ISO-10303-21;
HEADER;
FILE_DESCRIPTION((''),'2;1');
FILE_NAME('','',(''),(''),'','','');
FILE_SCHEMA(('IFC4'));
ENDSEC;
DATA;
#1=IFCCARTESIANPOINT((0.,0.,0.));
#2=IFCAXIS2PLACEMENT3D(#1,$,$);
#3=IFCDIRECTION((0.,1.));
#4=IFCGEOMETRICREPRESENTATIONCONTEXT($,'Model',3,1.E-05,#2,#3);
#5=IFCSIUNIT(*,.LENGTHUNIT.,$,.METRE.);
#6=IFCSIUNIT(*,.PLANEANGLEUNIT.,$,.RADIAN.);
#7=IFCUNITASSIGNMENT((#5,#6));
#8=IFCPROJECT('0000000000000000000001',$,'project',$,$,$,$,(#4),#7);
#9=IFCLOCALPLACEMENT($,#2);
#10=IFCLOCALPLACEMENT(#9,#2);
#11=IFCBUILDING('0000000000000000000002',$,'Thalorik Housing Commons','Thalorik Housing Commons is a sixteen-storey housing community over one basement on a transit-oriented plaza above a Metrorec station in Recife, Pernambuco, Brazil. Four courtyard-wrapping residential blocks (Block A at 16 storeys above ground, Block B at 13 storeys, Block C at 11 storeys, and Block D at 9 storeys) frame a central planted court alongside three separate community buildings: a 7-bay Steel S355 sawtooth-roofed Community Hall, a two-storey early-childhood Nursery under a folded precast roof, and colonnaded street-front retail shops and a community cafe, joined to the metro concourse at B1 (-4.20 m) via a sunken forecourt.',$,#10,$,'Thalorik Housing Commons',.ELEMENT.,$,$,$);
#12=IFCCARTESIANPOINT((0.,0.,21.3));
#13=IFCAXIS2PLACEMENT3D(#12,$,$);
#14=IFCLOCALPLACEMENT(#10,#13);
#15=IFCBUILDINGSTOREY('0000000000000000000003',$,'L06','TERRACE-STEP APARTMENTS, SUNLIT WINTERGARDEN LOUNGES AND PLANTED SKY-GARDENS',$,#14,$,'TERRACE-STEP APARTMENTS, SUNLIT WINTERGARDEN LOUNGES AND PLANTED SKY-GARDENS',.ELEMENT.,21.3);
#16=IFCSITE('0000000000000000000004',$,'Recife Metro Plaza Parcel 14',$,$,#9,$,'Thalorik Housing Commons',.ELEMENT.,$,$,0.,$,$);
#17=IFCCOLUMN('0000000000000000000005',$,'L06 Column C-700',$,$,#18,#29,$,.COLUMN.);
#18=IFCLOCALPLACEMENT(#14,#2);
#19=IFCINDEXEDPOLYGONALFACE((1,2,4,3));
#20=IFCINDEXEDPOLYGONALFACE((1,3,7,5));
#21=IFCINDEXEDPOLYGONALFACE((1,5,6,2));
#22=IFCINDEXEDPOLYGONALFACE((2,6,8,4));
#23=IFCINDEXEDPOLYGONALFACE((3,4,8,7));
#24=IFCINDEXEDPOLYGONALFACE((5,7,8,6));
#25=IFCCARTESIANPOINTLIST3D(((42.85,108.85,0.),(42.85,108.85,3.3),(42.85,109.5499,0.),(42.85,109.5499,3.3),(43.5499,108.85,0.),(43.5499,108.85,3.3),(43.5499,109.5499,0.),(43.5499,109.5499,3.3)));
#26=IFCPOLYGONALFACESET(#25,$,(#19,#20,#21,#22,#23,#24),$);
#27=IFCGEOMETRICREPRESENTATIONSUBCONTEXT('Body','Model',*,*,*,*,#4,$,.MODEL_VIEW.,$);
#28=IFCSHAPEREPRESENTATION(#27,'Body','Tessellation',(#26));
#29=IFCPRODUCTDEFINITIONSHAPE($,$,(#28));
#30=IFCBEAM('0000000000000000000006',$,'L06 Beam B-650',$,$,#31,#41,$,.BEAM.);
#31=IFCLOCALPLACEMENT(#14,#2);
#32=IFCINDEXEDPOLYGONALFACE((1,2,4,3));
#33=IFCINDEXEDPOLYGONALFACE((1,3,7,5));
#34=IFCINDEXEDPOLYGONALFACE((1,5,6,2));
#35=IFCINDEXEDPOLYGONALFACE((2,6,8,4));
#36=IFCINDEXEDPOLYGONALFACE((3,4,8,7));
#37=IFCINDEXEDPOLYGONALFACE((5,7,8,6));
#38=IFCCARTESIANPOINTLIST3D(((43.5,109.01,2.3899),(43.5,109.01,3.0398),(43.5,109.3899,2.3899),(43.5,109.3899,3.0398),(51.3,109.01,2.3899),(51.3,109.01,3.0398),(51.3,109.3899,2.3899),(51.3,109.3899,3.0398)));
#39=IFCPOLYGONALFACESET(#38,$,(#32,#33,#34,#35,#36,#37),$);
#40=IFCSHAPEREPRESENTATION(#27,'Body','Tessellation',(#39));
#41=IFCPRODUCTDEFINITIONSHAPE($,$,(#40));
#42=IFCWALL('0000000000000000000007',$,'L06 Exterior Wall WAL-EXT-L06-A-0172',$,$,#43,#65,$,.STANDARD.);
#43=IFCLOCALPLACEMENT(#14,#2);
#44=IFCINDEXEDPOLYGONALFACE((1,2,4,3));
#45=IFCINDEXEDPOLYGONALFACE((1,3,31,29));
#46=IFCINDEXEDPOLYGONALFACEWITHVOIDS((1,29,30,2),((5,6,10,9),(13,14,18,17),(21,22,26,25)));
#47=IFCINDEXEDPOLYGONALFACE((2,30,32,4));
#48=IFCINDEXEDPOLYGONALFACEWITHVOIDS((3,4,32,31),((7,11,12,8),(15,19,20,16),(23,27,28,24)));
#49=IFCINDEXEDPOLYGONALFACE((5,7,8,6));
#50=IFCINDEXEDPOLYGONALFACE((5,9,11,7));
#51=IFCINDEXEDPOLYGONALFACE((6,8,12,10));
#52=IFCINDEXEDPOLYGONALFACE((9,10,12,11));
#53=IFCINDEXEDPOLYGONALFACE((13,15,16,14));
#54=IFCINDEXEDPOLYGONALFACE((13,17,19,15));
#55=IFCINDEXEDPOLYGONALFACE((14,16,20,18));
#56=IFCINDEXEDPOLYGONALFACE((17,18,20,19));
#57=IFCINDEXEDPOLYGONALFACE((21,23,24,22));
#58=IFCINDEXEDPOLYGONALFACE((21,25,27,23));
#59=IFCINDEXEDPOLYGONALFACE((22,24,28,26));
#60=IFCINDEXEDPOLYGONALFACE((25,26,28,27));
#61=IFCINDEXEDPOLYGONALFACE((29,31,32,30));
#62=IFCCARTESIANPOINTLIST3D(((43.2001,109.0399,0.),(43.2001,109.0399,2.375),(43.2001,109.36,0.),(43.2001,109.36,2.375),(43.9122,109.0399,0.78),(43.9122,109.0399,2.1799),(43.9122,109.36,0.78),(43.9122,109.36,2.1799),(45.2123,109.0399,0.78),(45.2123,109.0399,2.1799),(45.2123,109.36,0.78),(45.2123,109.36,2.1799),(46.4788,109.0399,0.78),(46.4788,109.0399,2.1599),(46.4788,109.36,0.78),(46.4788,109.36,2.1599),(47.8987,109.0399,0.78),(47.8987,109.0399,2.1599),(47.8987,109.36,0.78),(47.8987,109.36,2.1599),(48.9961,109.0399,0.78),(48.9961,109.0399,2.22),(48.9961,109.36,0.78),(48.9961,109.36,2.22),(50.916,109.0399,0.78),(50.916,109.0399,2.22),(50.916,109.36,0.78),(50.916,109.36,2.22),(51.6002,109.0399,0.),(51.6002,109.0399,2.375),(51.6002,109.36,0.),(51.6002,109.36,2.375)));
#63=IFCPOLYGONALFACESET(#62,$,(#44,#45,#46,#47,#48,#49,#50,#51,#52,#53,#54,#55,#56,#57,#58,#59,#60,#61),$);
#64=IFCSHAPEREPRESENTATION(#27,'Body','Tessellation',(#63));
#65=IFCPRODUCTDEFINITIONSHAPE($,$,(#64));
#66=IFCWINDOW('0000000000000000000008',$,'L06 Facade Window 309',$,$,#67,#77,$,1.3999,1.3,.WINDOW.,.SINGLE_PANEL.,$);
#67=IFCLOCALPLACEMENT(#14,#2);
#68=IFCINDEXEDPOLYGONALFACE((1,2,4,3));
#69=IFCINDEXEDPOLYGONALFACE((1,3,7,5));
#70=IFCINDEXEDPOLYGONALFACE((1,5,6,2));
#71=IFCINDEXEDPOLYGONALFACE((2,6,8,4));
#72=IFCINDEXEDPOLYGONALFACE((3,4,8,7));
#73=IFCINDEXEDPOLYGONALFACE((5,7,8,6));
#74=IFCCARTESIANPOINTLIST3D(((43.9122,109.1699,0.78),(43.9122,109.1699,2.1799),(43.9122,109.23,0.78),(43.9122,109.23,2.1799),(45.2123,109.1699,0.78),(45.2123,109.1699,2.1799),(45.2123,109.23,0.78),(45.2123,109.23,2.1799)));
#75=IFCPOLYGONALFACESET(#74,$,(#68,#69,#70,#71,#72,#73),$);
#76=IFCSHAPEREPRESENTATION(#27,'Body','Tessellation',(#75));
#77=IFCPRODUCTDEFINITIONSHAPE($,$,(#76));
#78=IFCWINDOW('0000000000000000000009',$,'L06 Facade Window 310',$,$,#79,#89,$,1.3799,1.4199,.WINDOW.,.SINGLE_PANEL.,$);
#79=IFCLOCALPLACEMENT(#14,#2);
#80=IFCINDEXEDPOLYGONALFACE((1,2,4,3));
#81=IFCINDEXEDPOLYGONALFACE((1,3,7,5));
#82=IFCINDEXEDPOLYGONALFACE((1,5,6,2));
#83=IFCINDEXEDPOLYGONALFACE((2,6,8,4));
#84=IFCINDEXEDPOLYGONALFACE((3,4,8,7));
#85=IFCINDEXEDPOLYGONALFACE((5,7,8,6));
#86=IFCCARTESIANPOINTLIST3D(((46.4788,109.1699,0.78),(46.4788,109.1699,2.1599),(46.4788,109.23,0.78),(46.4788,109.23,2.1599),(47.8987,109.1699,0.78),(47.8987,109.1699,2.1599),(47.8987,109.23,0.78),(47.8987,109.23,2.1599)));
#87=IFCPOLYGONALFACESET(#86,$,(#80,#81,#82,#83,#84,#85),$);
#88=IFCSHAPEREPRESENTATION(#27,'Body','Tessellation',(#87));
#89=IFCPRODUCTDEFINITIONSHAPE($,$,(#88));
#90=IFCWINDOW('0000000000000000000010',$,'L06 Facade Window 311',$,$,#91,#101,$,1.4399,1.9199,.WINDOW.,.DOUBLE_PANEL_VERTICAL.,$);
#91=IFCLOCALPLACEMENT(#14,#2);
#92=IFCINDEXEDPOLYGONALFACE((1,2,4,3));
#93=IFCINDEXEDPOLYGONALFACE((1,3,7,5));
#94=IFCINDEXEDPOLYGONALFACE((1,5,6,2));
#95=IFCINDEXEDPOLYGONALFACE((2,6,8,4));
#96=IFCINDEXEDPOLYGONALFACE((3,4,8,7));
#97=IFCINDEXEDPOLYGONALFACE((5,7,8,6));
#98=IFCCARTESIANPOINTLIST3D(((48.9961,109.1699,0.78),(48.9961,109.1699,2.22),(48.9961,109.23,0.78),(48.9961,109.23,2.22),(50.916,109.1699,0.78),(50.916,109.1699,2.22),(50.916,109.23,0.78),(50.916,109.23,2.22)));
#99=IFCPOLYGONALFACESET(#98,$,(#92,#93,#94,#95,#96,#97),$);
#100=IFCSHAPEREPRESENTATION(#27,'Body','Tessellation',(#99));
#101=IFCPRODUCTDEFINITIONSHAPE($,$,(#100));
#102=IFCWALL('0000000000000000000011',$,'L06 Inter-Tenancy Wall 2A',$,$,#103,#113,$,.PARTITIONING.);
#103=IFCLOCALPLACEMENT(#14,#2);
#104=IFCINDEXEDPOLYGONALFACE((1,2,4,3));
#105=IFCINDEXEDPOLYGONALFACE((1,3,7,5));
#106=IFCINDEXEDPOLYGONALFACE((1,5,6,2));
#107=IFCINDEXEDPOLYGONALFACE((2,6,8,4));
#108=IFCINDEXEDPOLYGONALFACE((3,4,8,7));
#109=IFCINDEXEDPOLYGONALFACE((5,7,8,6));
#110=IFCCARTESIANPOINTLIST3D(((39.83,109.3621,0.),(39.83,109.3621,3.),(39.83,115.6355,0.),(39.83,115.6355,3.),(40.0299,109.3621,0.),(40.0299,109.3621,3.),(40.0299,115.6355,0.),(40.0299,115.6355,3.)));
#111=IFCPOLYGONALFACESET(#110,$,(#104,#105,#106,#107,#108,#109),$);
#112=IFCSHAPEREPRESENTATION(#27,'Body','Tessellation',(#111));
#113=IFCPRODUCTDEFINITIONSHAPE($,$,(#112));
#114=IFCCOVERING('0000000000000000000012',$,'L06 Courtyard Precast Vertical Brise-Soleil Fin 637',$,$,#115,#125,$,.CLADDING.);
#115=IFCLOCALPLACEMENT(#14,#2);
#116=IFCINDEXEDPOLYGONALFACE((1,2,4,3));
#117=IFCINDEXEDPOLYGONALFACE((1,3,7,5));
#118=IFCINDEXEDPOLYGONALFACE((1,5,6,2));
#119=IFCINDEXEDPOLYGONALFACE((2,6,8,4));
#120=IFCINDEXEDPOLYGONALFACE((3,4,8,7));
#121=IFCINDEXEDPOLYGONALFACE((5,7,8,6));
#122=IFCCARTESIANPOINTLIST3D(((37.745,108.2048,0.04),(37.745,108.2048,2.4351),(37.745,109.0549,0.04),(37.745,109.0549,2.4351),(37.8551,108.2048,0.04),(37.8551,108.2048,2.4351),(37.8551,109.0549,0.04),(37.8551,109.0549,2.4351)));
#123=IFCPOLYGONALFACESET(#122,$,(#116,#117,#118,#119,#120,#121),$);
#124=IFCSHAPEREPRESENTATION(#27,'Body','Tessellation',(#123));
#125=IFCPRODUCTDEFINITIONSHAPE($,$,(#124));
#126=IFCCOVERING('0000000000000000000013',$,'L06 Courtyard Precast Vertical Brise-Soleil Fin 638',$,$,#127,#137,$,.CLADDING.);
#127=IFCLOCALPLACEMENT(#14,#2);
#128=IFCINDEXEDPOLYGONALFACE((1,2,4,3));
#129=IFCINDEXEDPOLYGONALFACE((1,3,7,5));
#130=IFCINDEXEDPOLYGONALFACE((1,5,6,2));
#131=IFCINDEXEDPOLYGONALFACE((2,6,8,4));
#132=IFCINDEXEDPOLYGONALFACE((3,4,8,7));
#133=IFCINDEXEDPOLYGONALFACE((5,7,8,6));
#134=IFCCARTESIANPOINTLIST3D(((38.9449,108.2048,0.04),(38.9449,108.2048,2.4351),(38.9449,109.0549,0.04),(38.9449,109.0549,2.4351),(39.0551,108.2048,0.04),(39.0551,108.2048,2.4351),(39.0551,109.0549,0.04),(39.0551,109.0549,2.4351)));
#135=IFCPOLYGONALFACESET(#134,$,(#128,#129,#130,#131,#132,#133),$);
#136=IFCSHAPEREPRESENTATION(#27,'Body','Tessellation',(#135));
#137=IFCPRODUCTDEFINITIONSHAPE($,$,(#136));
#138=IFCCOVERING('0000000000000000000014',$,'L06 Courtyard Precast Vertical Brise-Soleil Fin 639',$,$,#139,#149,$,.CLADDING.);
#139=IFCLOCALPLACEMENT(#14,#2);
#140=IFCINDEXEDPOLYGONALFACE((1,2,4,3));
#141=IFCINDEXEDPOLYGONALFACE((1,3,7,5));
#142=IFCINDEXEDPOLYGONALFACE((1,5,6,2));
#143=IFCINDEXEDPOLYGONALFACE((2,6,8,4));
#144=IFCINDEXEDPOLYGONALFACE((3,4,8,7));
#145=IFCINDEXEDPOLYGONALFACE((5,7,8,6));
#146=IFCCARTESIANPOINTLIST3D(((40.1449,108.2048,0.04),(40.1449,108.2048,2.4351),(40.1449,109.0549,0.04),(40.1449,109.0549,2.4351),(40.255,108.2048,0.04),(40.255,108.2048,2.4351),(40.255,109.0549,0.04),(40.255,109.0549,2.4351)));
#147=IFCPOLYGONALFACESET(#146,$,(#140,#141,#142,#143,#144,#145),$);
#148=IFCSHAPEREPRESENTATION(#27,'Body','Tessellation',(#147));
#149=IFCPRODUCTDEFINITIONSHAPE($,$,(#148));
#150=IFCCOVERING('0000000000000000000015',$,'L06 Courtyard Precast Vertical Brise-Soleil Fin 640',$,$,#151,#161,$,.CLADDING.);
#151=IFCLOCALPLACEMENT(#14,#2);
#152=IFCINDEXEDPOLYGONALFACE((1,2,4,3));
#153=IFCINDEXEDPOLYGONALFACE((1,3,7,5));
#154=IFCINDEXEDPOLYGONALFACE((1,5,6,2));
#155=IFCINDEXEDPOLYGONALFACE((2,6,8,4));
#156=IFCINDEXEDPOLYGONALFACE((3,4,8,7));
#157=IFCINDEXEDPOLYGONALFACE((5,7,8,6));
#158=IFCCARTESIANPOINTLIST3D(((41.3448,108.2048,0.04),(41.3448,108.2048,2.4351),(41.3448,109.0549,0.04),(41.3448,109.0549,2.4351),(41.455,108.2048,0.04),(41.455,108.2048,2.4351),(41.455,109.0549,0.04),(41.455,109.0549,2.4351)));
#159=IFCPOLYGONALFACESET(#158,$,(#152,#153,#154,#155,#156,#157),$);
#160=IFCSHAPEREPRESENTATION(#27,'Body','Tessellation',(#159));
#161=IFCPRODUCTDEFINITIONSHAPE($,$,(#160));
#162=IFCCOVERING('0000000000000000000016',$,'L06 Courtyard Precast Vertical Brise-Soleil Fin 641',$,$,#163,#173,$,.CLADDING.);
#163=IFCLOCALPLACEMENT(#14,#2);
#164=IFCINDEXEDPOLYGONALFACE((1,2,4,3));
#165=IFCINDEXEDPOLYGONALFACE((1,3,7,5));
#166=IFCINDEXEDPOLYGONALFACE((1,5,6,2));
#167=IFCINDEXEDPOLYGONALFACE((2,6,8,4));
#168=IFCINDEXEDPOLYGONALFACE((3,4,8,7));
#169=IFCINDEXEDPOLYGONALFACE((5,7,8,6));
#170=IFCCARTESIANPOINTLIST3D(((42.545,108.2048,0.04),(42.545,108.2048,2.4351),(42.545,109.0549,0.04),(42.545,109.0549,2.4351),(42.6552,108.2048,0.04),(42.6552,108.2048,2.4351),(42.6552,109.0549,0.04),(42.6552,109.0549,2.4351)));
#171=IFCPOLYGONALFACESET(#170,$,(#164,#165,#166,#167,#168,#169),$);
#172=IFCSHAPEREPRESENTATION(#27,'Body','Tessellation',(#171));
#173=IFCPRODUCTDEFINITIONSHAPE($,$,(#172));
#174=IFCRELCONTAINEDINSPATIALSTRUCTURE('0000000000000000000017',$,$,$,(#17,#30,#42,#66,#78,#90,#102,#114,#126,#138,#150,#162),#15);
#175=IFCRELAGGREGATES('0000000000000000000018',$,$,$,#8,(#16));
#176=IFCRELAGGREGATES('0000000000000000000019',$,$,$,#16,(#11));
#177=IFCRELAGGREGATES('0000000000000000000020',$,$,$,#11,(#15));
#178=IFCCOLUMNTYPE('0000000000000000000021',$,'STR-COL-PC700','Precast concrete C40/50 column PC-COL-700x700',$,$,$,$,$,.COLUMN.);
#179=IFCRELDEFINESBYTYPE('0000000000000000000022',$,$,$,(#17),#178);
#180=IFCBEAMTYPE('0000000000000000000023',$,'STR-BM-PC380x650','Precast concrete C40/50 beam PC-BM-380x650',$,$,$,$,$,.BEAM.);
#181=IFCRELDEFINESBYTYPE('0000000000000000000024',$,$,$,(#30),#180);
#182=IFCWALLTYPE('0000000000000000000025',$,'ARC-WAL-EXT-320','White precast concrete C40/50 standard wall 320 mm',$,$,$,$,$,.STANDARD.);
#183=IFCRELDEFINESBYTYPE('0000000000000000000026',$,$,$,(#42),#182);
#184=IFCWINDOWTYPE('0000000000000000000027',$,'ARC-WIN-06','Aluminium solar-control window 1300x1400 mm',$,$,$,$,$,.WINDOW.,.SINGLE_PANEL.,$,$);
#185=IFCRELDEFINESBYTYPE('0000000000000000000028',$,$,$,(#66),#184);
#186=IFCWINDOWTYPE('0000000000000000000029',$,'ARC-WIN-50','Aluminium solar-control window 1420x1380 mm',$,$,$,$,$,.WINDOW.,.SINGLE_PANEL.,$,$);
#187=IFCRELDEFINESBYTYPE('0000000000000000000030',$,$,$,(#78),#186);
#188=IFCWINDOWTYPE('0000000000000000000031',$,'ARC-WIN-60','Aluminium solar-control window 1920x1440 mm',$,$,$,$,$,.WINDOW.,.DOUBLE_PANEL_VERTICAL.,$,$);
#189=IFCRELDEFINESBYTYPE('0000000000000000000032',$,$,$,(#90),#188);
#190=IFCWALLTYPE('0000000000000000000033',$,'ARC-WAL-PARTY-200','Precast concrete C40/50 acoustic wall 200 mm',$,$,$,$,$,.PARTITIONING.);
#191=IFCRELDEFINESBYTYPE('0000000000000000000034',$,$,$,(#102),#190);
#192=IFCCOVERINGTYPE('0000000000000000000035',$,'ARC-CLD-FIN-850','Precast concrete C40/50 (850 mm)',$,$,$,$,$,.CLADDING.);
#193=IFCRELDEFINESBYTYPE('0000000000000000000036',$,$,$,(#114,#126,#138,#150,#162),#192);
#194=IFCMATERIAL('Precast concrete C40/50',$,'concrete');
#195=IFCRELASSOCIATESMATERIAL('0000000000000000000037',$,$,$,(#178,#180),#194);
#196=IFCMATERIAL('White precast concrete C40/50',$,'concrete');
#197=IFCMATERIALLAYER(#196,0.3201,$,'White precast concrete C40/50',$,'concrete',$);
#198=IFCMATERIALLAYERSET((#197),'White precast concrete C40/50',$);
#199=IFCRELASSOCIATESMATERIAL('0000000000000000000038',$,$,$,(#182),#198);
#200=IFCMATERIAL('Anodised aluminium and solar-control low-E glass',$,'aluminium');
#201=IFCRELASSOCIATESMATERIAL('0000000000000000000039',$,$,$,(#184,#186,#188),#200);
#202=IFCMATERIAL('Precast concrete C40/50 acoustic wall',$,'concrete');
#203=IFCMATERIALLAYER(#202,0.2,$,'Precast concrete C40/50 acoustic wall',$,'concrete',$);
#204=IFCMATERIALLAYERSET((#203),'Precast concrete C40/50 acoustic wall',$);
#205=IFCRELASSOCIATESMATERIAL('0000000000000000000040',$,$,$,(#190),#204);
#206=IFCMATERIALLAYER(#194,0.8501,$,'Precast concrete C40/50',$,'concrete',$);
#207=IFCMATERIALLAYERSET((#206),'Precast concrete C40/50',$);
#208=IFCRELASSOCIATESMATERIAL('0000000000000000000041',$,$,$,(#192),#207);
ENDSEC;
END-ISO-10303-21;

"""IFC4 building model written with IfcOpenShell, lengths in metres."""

from ifc_helpers import new_model, si_unit, direction, frame, frame_2d, origin, origin_2d, place, context, subcontext, project, spatial, rectangle, extrude, material, layer, layer_set, material_profile, profile_set, type_object, element, fill, save


model = new_model("IFC4")

# Units and contexts
model_context = context("Model", 3, precision=1e-05, world=origin(), true_north=direction((0.0, 1.0)))
body_context = subcontext(model_context, "Body", "Model", "MODEL_VIEW")
ifc_project = project(units=[si_unit("LENGTHUNIT", "METRE"), si_unit("PLANEANGLEUNIT", "RADIAN")], contexts=[model_context])

# Site, building, storey
site_placement = place(None, origin())
site = spatial("IfcSite", under=ifc_project, at=site_placement, Name="Recife Metro Plaza Parcel 14", LongName="Thalorik Housing Commons", CompositionType="ELEMENT", RefElevation=0.0)
building_placement = place(site_placement, origin())
building = spatial("IfcBuilding", under=site, at=building_placement, Name="Thalorik Housing Commons", Description="Thalorik Housing Commons is a sixteen-storey housing community over one basement on a transit-oriented plaza above a Metrorec station in Recife, Pernambuco, Brazil. Four courtyard-wrapping residential blocks (Block A at 16 storeys above ground, Block B at 13 storeys, Block C at 11 storeys, and Block D at 9 storeys) frame a central planted court alongside three separate community buildings: a 7-bay Steel S355 sawtooth-roofed Community Hall, a two-storey early-childhood Nursery under a folded precast roof, and colonnaded street-front retail shops and a community cafe, joined to the metro concourse at B1 (-4.20 m) via a sunken forecourt.", LongName="Thalorik Housing Commons", CompositionType="ELEMENT")
storey_placement = place(building_placement, frame((0.0, 0.0, 21.3)))
storey = spatial("IfcBuildingStorey", under=building, at=storey_placement, Name="L06", Description="TERRACE-STEP APARTMENTS, SUNLIT WINTERGARDEN LOUNGES AND PLANTED SKY-GARDENS", LongName="TERRACE-STEP APARTMENTS, SUNLIT WINTERGARDEN LOUNGES AND PLANTED SKY-GARDENS", CompositionType="ELEMENT", Elevation=21.3)

# Column
ifc_material_1 = material(Name="Precast concrete C40/50", Category="concrete")
ifc_material_profile_1 = material_profile(ifc_material_1, rectangle(XDim=0.7, YDim=0.7, at=origin_2d()), Name="PC 700x700", Category="concrete")
ifc_profile_set_1 = profile_set([ifc_material_profile_1], Name="Precast concrete C40/50")
column_type = type_object("IfcColumnType", Name="STR-COL-PC700", Description="Precast concrete C40/50 column PC-COL-700x700", PredefinedType="COLUMN", material=ifc_profile_set_1)
column_placement = place(storey_placement, frame((43.2, 109.2, 0.0), z_axis=(0.0, 0.0, 1.0), x_axis=(1.0, 0.0, 0.0)))
element("IfcColumn", 1, at=column_placement, inside=storey, type_object=column_type, Name="L06 Column C-700", PredefinedType="COLUMN", context=body_context, shape_type="SweptSolid", body=[
    extrude(rectangle(XDim=0.7, YDim=0.7, at=origin_2d()), origin(), (0.0, 0.0, 1.0), 3.3),
])

# Beam
ifc_material_profile_2 = material_profile(ifc_material_1, rectangle(XDim=0.3799, YDim=0.6499, at=origin_2d()), Name="PC 380x650", Category="concrete")
ifc_profile_set_2 = profile_set([ifc_material_profile_2], Name="Precast concrete C40/50")
beam_type = type_object("IfcBeamType", Name="STR-BM-PC380x650", Description="Precast concrete C40/50 beam PC-BM-380x650", PredefinedType="BEAM", material=ifc_profile_set_2)
beam_placement = place(storey_placement, frame((43.5, 109.2, 2.7148), z_axis=(1.0, 0.0, 0.0), x_axis=(0.0, 1.0, 0.0)))
element("IfcBeam", 2, at=beam_placement, inside=storey, type_object=beam_type, Name="L06 Beam B-650", PredefinedType="BEAM", context=body_context, shape_type="SweptSolid", body=[
    extrude(rectangle(XDim=0.3799, YDim=0.6499, at=origin_2d()), origin(), (0.0, 0.0, 1.0), 7.8),
])

# Wall, openings, windows
ifc_material_2 = material(Name="White precast concrete C40/50", Category="concrete")
ifc_layer_1 = layer(ifc_material_2, 0.3201, Name="White precast concrete C40/50", Category="concrete")
ifc_layer_set_1 = layer_set([ifc_layer_1], Name="White precast concrete C40/50")
wall_type_1 = type_object("IfcWallType", Name="ARC-WAL-EXT-320", Description="White precast concrete C40/50 standard wall 320 mm", PredefinedType="STANDARD", material=ifc_layer_set_1)
wall_1_placement = place(storey_placement, frame((43.2, 109.2, 0.0), z_axis=(0.0, 0.0, 1.0), x_axis=(1.0, 0.0, 0.0)))
wall_1 = element("IfcWall", 3, at=wall_1_placement, inside=storey, type_object=wall_type_1, Name="L06 Exterior Wall WAL-EXT-L06-A-0172", PredefinedType="STANDARD", context=body_context, shape_type="SweptSolid", body=[
    extrude(rectangle(XDim=8.4001, YDim=0.3201, at=frame_2d((4.2002, 0.0))), origin(), (0.0, 0.0, 1.0), 2.375),
])
opening_1_placement = place(wall_1_placement, frame((0.7124, 0.0, 0.78)))
opening_1 = element("IfcOpeningElement", 4, at=opening_1_placement, cuts=wall_1, PredefinedType="OPENING", context=body_context, shape_type="SweptSolid", body=[
    extrude(rectangle(XDim=1.3, YDim=1.3999, at=frame_2d((0.6499, 0.7))), frame((0.0, 0.1699, 0.0), z_axis=(0.0, -1.0, 0.0), x_axis=(1.0, 0.0, 0.0)), (0.0, 0.0, 1.0), 0.3401),
])
opening_2_placement = place(wall_1_placement, frame((3.2788, 0.0, 0.78)))
opening_2 = element("IfcOpeningElement", 5, at=opening_2_placement, cuts=wall_1, PredefinedType="OPENING", context=body_context, shape_type="SweptSolid", body=[
    extrude(rectangle(XDim=1.4199, YDim=1.3799, at=frame_2d((0.71, 0.6899))), frame((0.0, 0.1699, 0.0), z_axis=(0.0, -1.0, 0.0), x_axis=(1.0, 0.0, 0.0)), (0.0, 0.0, 1.0), 0.3401),
])
opening_3_placement = place(wall_1_placement, frame((5.7961, 0.0, 0.78)))
opening_3 = element("IfcOpeningElement", 6, at=opening_3_placement, cuts=wall_1, PredefinedType="OPENING", context=body_context, shape_type="SweptSolid", body=[
    extrude(rectangle(XDim=1.9199, YDim=1.4399, at=frame_2d((0.96, 0.72))), frame((0.0, 0.1699, 0.0), z_axis=(0.0, -1.0, 0.0), x_axis=(1.0, 0.0, 0.0)), (0.0, 0.0, 1.0), 0.3401),
])
ifc_material_3 = material(Name="Anodised aluminium and solar-control low-E glass", Category="aluminium")
window_type_1 = type_object("IfcWindowType", Name="ARC-WIN-06", Description="Aluminium solar-control window 1300x1400 mm", PartitioningType="SINGLE_PANEL", PredefinedType="WINDOW", material=ifc_material_3)
window_1_placement = place(opening_1_placement, origin())
window_1 = element("IfcWindow", 7, at=window_1_placement, inside=storey, type_object=window_type_1, Name="L06 Facade Window 309", OverallHeight=1.3999, OverallWidth=1.3, PartitioningType="SINGLE_PANEL", PredefinedType="WINDOW", context=body_context, shape_type="SweptSolid", body=[
    extrude(rectangle(XDim=1.3, YDim=1.3999, at=frame_2d((0.6499, 0.7))), frame((0.0, 0.03, 0.0), z_axis=(0.0, -1.0, 0.0), x_axis=(1.0, 0.0, 0.0)), (0.0, 0.0, 1.0), 0.0601),
])
fill(opening_1, window_1)
window_type_2 = type_object("IfcWindowType", Name="ARC-WIN-50", Description="Aluminium solar-control window 1420x1380 mm", PartitioningType="SINGLE_PANEL", PredefinedType="WINDOW", material=ifc_material_3)
window_2_placement = place(opening_2_placement, origin())
window_2 = element("IfcWindow", 8, at=window_2_placement, inside=storey, type_object=window_type_2, Name="L06 Facade Window 310", OverallHeight=1.3799, OverallWidth=1.4199, PartitioningType="SINGLE_PANEL", PredefinedType="WINDOW", context=body_context, shape_type="SweptSolid", body=[
    extrude(rectangle(XDim=1.4199, YDim=1.3799, at=frame_2d((0.71, 0.6899))), frame((0.0, 0.03, 0.0), z_axis=(0.0, -1.0, 0.0), x_axis=(1.0, 0.0, 0.0)), (0.0, 0.0, 1.0), 0.0601),
])
fill(opening_2, window_2)
window_type_3 = type_object("IfcWindowType", Name="ARC-WIN-60", Description="Aluminium solar-control window 1920x1440 mm", PartitioningType="DOUBLE_PANEL_VERTICAL", PredefinedType="WINDOW", material=ifc_material_3)
window_3_placement = place(opening_3_placement, origin())
window_3 = element("IfcWindow", 9, at=window_3_placement, inside=storey, type_object=window_type_3, Name="L06 Facade Window 311", OverallHeight=1.4399, OverallWidth=1.9199, PartitioningType="DOUBLE_PANEL_VERTICAL", PredefinedType="WINDOW", context=body_context, shape_type="SweptSolid", body=[
    extrude(rectangle(XDim=1.9199, YDim=1.4399, at=frame_2d((0.96, 0.72))), frame((0.0, 0.03, 0.0), z_axis=(0.0, -1.0, 0.0), x_axis=(1.0, 0.0, 0.0)), (0.0, 0.0, 1.0), 0.0601),
])
fill(opening_3, window_3)

# Wall
ifc_material_4 = material(Name="Precast concrete C40/50 acoustic wall", Category="concrete")
ifc_layer_2 = layer(ifc_material_4, 0.2, Name="Precast concrete C40/50 acoustic wall", Category="concrete")
ifc_layer_set_2 = layer_set([ifc_layer_2], Name="Precast concrete C40/50 acoustic wall")
wall_type_2 = type_object("IfcWallType", Name="ARC-WAL-PARTY-200", Description="Precast concrete C40/50 acoustic wall 200 mm", PredefinedType="PARTITIONING", material=ifc_layer_set_2)
wall_2_placement = place(storey_placement, frame((39.9299, 109.3621, 0.0), z_axis=(0.0, 0.0, 1.0), x_axis=(0.0, 1.0, 0.0)))
element("IfcWall", 10, at=wall_2_placement, inside=storey, type_object=wall_type_2, Name="L06 Inter-Tenancy Wall 2A", PredefinedType="PARTITIONING", context=body_context, shape_type="SweptSolid", body=[
    extrude(rectangle(XDim=6.2734, YDim=0.2, at=frame_2d((3.1367, 0.0))), origin(), (0.0, 0.0, 1.0), 3.0),
])

# Coverings
ifc_layer_3 = layer(ifc_material_1, 0.8501, Name="Precast concrete C40/50", Category="concrete")
ifc_layer_set_3 = layer_set([ifc_layer_3], Name="Precast concrete C40/50")
covering_type_1 = type_object("IfcCoveringType", Name="ARC-CLD-FIN-850", Description="Precast concrete C40/50 (850 mm)", PredefinedType="CLADDING", material=ifc_layer_set_3)
for number, where, z_axis, x_axis, name in (
    (11, (37.8, 108.6299, 0.04), (0.0, 0.0, 1.0), (1.0, 0.0, 0.0), "L06 Courtyard Precast Vertical Brise-Soleil Fin 637"),
    (12, (39.0, 108.6299, 0.04), (0.0, 0.0, 1.0), (1.0, 0.0, 0.0), "L06 Courtyard Precast Vertical Brise-Soleil Fin 638"),
    (13, (40.2, 108.6299, 0.04), (0.0, 0.0, 1.0), (1.0, 0.0, 0.0), "L06 Courtyard Precast Vertical Brise-Soleil Fin 639"),
    (14, (41.3999, 108.6299, 0.04), (0.0, 0.0, 1.0), (1.0, 0.0, 0.0), "L06 Courtyard Precast Vertical Brise-Soleil Fin 640"),
    (15, (42.6001, 108.6299, 0.04), (0.0, 0.0, 1.0), (1.0, 0.0, 0.0), "L06 Courtyard Precast Vertical Brise-Soleil Fin 641"),
):
    element("IfcCovering", number, at=place(storey_placement, frame(where, z_axis=z_axis, x_axis=x_axis)), inside=storey, type_object=covering_type_1, Name=name, PredefinedType="CLADDING", context=body_context, shape_type="SweptSolid", body=[
        extrude(rectangle(XDim=0.1101, YDim=0.8501, at=origin_2d()), origin(), (0.0, 0.0, 1.0), 2.395),
    ])

save(model, "model.ifc")
